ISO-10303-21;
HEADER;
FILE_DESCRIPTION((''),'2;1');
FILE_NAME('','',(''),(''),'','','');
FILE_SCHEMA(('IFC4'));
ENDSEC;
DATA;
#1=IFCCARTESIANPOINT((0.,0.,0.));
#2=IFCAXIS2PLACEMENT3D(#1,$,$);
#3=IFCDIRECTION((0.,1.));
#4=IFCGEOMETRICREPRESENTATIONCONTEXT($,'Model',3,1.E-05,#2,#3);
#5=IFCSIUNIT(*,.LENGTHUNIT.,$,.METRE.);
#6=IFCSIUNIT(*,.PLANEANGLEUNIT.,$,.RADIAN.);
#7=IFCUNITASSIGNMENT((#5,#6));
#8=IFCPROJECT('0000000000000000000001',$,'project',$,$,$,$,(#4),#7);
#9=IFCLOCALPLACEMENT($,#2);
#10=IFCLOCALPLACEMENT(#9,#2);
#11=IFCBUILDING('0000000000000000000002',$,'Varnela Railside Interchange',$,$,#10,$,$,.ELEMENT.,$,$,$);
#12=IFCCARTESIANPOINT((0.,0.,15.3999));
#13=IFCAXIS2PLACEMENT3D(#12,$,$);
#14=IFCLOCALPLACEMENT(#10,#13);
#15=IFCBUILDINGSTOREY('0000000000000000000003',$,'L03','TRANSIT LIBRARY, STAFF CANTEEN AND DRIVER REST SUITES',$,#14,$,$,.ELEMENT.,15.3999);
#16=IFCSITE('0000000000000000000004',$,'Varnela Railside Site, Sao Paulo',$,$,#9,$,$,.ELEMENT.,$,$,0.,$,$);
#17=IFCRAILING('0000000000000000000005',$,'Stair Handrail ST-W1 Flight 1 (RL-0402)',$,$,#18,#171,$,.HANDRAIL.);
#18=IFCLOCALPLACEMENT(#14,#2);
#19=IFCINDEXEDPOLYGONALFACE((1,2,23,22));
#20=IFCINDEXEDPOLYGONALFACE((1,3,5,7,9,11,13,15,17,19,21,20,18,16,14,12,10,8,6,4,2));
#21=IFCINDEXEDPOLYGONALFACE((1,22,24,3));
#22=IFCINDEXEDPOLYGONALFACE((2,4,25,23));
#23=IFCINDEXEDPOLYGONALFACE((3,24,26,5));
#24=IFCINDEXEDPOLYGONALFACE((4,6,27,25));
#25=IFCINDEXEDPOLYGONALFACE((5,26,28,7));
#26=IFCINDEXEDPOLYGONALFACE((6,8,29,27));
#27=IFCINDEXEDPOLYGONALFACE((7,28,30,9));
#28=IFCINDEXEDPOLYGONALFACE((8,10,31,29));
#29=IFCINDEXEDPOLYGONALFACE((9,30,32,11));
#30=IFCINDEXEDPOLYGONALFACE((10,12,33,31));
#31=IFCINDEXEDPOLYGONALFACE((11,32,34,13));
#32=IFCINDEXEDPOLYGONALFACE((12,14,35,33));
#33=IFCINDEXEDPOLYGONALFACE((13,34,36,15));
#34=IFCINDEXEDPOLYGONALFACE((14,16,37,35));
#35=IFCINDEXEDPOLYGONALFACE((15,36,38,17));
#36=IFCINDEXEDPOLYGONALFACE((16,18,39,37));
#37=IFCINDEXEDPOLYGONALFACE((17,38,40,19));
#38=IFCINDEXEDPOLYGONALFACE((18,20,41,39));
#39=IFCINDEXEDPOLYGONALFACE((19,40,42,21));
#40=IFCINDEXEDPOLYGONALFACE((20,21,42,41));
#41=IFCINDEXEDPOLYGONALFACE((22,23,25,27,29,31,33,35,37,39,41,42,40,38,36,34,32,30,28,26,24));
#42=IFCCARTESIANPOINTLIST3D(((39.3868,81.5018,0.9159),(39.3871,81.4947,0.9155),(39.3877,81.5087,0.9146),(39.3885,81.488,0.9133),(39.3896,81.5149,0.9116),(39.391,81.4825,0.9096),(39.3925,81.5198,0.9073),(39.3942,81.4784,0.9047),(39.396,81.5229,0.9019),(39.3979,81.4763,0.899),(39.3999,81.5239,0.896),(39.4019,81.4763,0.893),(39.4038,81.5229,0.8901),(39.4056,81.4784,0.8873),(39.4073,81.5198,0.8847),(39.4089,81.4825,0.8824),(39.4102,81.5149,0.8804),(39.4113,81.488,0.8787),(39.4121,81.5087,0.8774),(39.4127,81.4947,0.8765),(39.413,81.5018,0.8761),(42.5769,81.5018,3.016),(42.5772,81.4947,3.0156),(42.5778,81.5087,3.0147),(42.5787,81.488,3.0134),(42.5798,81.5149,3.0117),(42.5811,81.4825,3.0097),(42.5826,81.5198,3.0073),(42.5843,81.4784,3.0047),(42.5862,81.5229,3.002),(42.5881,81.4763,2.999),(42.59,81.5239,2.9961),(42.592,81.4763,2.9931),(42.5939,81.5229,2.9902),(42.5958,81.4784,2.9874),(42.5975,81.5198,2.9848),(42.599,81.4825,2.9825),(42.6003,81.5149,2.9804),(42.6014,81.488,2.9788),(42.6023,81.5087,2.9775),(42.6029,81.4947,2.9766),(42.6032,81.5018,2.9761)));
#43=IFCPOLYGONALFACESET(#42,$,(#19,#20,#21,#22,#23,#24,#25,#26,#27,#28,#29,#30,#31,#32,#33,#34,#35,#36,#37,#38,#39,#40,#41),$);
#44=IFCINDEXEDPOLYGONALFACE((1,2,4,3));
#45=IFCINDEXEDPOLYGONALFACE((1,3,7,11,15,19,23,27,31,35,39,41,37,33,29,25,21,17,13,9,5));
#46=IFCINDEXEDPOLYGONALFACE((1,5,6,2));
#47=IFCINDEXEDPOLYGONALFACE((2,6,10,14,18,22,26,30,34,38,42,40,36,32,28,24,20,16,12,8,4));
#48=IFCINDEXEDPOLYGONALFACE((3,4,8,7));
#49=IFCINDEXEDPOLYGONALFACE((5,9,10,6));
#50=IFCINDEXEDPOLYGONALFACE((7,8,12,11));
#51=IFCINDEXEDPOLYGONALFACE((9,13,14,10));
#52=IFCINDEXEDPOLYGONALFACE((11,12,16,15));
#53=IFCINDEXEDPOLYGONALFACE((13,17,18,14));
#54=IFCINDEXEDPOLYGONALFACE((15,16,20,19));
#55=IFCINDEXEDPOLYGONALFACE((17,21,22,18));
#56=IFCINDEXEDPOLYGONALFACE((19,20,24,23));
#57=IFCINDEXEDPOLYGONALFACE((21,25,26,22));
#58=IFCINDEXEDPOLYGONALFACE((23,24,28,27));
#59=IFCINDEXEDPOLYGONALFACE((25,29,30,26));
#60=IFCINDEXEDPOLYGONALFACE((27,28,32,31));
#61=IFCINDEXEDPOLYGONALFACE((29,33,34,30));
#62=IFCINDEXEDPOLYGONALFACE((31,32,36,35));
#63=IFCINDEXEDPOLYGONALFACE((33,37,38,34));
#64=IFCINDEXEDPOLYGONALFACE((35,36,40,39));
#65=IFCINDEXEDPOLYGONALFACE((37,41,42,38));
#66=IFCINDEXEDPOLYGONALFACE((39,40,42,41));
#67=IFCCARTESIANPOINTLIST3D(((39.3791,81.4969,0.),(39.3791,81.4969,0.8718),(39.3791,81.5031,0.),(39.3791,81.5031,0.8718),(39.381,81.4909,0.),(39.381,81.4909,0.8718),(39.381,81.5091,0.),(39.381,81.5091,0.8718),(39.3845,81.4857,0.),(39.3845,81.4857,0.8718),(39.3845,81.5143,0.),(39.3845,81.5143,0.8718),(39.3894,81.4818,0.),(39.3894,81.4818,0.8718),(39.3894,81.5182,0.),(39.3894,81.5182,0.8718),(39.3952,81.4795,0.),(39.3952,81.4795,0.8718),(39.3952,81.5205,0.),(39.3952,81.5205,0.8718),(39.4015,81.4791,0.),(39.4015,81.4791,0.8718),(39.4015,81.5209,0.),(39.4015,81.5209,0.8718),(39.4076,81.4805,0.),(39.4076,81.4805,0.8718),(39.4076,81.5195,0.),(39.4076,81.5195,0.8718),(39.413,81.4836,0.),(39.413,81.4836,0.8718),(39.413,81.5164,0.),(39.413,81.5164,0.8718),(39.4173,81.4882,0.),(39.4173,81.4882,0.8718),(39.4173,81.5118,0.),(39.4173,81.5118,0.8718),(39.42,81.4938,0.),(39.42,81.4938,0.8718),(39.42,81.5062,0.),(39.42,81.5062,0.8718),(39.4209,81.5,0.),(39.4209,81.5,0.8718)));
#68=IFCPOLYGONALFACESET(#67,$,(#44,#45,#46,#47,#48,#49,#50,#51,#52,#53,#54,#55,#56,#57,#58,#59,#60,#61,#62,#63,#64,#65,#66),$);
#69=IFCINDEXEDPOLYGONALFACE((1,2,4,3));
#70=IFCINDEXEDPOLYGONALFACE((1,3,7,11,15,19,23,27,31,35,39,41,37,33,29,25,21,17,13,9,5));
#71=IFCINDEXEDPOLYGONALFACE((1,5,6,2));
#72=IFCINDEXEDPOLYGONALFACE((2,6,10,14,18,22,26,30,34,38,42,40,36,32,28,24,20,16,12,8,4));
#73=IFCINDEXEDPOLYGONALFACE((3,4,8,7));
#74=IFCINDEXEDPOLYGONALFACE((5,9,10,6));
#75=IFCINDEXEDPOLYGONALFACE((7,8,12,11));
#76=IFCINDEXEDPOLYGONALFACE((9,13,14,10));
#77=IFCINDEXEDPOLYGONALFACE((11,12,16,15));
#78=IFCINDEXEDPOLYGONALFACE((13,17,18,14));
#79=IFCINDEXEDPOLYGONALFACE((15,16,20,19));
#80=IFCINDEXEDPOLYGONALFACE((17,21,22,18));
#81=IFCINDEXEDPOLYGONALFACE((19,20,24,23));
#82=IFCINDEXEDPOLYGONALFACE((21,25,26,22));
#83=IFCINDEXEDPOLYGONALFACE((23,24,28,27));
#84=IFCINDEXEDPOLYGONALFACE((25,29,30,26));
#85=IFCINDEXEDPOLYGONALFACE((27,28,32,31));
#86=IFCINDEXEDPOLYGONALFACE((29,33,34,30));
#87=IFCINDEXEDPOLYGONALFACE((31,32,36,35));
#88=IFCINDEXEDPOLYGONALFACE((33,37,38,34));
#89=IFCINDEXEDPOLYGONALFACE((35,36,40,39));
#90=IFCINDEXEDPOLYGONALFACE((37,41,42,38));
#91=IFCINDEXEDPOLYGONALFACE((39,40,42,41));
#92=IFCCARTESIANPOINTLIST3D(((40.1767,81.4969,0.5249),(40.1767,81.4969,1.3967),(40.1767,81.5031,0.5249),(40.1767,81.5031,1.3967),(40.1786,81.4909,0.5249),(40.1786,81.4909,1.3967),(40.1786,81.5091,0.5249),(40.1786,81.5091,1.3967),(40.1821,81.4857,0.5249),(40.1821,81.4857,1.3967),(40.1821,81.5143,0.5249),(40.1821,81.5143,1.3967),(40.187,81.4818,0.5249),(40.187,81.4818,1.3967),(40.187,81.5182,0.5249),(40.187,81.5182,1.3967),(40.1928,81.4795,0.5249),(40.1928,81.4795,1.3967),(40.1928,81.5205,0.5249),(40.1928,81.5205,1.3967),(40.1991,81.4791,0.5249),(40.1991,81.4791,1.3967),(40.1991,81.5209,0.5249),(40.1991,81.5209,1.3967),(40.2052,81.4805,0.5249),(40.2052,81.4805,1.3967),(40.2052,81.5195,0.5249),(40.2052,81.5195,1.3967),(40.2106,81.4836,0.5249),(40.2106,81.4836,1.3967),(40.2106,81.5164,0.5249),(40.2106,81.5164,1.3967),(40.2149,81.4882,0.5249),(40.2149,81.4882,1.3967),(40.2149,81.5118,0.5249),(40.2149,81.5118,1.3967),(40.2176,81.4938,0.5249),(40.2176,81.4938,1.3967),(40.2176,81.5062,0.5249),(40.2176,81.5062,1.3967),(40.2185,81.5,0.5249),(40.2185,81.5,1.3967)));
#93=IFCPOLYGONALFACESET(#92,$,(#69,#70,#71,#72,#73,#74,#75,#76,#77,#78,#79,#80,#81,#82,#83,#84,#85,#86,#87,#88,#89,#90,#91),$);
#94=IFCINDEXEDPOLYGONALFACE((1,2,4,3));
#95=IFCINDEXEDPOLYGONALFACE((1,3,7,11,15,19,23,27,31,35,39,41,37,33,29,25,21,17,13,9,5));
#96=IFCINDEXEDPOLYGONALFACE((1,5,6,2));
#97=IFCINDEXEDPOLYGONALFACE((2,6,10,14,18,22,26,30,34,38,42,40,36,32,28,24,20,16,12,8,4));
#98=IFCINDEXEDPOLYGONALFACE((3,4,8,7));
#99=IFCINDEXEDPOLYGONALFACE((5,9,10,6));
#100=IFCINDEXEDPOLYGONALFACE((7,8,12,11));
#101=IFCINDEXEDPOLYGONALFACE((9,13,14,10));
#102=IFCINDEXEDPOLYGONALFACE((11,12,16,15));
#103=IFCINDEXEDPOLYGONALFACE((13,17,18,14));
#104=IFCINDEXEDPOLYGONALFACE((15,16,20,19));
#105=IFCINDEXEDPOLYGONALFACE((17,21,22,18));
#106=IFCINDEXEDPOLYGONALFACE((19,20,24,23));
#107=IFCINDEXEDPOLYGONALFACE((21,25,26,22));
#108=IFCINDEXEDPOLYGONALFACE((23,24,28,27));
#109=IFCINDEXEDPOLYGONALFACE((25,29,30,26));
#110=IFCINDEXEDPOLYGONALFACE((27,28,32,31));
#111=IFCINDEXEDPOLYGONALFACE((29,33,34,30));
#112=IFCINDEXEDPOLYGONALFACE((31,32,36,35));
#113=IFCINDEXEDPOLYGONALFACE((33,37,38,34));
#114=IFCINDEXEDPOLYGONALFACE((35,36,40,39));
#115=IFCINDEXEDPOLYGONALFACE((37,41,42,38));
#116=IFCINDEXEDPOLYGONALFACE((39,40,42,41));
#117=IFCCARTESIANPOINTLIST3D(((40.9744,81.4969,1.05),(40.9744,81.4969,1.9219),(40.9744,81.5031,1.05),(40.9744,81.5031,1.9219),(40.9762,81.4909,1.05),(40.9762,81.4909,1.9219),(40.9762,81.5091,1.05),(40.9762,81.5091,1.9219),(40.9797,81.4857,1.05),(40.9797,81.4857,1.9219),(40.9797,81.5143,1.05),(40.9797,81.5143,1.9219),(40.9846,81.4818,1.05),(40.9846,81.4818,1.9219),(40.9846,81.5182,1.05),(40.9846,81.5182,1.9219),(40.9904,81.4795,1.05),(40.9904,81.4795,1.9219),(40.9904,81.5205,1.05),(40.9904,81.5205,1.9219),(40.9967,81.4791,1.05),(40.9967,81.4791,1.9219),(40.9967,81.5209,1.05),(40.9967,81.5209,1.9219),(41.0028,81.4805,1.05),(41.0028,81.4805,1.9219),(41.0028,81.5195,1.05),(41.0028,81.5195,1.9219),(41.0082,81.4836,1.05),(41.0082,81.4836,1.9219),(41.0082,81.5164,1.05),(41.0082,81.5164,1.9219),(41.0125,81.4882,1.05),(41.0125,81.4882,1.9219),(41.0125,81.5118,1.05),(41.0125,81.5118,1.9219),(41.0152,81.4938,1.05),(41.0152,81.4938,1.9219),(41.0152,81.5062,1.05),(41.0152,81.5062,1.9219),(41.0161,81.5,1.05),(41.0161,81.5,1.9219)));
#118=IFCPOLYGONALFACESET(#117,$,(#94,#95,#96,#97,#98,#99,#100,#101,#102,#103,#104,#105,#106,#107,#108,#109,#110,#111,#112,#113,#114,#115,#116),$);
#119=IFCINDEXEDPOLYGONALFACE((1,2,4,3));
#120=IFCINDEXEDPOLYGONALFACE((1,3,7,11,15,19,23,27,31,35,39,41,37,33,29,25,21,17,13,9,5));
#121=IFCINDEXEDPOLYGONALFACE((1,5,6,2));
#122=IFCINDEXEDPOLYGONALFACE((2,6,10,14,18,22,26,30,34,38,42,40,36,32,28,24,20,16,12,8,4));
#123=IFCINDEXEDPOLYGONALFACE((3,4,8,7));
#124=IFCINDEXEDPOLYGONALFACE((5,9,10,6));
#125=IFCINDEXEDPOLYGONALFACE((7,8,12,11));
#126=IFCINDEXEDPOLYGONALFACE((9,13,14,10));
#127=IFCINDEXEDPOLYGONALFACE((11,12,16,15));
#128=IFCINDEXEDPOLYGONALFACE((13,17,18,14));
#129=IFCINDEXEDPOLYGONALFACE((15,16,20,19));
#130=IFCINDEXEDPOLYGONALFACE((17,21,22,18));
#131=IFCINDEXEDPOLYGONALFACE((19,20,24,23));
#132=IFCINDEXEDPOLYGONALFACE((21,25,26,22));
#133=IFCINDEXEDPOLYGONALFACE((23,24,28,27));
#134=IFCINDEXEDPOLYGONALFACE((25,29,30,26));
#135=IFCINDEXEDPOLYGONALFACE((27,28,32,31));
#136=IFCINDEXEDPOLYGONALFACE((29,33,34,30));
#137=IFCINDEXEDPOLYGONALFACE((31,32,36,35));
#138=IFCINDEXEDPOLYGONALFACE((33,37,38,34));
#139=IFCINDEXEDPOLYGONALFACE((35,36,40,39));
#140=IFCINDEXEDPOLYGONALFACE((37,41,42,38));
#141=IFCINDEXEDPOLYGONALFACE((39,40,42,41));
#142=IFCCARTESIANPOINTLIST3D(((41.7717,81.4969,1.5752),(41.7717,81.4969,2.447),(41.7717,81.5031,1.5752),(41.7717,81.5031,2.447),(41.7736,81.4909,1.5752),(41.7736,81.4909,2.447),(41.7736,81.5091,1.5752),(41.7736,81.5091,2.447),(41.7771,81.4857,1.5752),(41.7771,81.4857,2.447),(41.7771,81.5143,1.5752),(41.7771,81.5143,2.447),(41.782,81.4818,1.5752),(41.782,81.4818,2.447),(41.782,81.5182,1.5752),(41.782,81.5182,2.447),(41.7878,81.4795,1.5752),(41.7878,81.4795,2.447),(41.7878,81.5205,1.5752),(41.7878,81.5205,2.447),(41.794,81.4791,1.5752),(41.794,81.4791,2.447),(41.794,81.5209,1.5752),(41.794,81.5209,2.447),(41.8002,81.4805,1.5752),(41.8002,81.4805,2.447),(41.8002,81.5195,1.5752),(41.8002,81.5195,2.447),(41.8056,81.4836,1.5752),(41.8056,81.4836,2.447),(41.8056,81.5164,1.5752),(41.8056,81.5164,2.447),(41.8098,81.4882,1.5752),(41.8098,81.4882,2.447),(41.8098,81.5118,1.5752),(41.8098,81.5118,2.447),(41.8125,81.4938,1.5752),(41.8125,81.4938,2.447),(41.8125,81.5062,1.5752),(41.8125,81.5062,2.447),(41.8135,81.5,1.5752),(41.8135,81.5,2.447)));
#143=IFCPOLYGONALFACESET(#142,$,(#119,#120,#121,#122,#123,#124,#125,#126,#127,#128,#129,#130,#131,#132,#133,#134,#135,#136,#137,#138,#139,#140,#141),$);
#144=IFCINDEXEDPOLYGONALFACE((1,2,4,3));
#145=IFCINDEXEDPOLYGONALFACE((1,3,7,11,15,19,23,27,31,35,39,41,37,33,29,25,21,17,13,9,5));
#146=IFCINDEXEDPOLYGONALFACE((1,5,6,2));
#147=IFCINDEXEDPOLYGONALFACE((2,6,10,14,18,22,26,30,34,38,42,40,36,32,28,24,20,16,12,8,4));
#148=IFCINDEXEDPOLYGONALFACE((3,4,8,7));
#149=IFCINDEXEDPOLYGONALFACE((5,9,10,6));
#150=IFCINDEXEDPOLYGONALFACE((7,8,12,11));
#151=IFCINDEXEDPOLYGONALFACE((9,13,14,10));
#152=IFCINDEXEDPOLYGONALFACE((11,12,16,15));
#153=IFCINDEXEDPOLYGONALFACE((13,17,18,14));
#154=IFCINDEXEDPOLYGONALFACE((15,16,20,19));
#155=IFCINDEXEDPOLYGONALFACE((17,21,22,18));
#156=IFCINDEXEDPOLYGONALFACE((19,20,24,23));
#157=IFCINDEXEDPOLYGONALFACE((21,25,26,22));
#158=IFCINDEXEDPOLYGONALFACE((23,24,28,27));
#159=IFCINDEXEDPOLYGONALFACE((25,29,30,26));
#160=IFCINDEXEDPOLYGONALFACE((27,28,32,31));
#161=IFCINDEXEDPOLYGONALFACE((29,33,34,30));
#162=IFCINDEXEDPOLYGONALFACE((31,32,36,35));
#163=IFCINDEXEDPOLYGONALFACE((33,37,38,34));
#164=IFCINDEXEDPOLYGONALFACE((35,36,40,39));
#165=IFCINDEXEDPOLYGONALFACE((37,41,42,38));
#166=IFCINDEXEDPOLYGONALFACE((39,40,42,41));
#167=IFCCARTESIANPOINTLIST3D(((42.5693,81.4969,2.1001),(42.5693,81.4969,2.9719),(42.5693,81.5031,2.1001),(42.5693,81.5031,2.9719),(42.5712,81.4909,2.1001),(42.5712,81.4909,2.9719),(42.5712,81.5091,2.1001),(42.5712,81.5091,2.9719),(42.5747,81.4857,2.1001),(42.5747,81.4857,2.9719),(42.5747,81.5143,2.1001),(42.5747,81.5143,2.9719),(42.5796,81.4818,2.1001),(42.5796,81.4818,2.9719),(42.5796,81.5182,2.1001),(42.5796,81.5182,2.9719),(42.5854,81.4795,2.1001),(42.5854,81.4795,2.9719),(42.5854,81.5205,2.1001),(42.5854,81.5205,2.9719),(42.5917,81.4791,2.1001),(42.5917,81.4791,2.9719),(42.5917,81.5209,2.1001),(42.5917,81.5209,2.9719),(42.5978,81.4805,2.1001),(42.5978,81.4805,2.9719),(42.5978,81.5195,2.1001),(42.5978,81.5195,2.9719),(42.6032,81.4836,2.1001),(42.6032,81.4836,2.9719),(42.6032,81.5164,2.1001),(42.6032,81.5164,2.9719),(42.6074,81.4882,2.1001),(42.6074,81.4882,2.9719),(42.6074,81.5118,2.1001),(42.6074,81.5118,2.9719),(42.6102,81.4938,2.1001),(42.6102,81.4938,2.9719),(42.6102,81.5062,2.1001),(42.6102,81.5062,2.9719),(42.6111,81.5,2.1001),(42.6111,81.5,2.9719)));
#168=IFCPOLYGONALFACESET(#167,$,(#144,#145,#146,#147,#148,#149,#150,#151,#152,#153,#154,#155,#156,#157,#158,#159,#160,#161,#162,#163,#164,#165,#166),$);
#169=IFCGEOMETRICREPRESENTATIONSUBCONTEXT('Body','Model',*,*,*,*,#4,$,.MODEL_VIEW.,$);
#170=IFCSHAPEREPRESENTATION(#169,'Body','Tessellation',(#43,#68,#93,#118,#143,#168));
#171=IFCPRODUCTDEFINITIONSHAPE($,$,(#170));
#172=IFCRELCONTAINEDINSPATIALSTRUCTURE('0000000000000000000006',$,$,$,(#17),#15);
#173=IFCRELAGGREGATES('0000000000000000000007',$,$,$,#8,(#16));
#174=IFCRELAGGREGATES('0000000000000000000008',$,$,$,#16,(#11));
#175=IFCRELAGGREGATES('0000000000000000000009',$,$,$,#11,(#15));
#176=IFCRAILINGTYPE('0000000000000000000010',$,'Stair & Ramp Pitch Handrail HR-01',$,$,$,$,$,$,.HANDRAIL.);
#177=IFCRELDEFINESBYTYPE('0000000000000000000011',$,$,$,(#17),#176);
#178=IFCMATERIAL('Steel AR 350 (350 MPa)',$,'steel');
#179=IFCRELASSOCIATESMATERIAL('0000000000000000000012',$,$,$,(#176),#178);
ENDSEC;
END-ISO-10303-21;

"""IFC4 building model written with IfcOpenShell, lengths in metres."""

from ifc_helpers import new_model, si_unit, direction, frame, origin, origin_2d, place, context, subcontext, project, spatial, circle, extrude, material, type_object, element, save


model = new_model("IFC4")

# Units and contexts
model_context = context("Model", 3, precision=1e-05, world=origin(), true_north=direction((0.0, 1.0)))
body_context = subcontext(model_context, "Body", "Model", "MODEL_VIEW")
ifc_project = project(units=[si_unit("LENGTHUNIT", "METRE"), si_unit("PLANEANGLEUNIT", "RADIAN")], contexts=[model_context])

# Site, building, storey
site_placement = place(None, origin())
site = spatial("IfcSite", under=ifc_project, at=site_placement, Name="Varnela Railside Site, Sao Paulo", CompositionType="ELEMENT", RefElevation=0.0)
building_placement = place(site_placement, origin())
building = spatial("IfcBuilding", under=site, at=building_placement, Name="Varnela Railside Interchange", CompositionType="ELEMENT")
storey_placement = place(building_placement, frame((0.0, 0.0, 15.3999)))
storey = spatial("IfcBuildingStorey", under=building, at=storey_placement, Name="L03", Description="TRANSIT LIBRARY, STAFF CANTEEN AND DRIVER REST SUITES", CompositionType="ELEMENT", Elevation=15.3999)

# Shared definitions
ifc_material_1 = material(Name="Steel AR 350 (350 MPa)", Category="steel")

# Railing
railing_type_1 = type_object("IfcRailingType", Name="Stair & Ramp Pitch Handrail HR-01", PredefinedType="HANDRAIL", material=ifc_material_1)
railing_1_placement = place(storey_placement, frame((39.3999, 81.5, 0.0)))
element("IfcRailing", 1, at=railing_1_placement, inside=storey, type_object=railing_type_1, Name="Stair Handrail ST-W1 Flight 1 (RL-0402)", PredefinedType="HANDRAIL", context=body_context, shape_type="SweptSolid", body=[
    extrude(circle(Radius=0.0239, at=origin_2d()), frame((0.0, 0.0, 0.896), z_axis=(0.835262, 0.0, 0.549852), x_axis=(0.0, 1.0, 0.0)), (0.0, 0.0, 1.0), 3.8193),
    extrude(circle(Radius=0.021, at=origin_2d()), origin(), (0.0, 0.0, 1.0), 0.8718),
    extrude(circle(Radius=0.021, at=origin_2d()), frame((0.7976, 0.0, 0.5249)), (0.0, 0.0, 1.0), 0.8718),
    extrude(circle(Radius=0.021, at=origin_2d()), frame((1.5952, 0.0, 1.05)), (0.0, 0.0, 1.0), 0.8718),
    extrude(circle(Radius=0.021, at=origin_2d()), frame((2.3926, 0.0, 1.5752)), (0.0, 0.0, 1.0), 0.8718),
    extrude(circle(Radius=0.021, at=origin_2d()), frame((3.1902, 0.0, 2.1001)), (0.0, 0.0, 1.0), 0.8718),
])

save(model, "model.ifc")
